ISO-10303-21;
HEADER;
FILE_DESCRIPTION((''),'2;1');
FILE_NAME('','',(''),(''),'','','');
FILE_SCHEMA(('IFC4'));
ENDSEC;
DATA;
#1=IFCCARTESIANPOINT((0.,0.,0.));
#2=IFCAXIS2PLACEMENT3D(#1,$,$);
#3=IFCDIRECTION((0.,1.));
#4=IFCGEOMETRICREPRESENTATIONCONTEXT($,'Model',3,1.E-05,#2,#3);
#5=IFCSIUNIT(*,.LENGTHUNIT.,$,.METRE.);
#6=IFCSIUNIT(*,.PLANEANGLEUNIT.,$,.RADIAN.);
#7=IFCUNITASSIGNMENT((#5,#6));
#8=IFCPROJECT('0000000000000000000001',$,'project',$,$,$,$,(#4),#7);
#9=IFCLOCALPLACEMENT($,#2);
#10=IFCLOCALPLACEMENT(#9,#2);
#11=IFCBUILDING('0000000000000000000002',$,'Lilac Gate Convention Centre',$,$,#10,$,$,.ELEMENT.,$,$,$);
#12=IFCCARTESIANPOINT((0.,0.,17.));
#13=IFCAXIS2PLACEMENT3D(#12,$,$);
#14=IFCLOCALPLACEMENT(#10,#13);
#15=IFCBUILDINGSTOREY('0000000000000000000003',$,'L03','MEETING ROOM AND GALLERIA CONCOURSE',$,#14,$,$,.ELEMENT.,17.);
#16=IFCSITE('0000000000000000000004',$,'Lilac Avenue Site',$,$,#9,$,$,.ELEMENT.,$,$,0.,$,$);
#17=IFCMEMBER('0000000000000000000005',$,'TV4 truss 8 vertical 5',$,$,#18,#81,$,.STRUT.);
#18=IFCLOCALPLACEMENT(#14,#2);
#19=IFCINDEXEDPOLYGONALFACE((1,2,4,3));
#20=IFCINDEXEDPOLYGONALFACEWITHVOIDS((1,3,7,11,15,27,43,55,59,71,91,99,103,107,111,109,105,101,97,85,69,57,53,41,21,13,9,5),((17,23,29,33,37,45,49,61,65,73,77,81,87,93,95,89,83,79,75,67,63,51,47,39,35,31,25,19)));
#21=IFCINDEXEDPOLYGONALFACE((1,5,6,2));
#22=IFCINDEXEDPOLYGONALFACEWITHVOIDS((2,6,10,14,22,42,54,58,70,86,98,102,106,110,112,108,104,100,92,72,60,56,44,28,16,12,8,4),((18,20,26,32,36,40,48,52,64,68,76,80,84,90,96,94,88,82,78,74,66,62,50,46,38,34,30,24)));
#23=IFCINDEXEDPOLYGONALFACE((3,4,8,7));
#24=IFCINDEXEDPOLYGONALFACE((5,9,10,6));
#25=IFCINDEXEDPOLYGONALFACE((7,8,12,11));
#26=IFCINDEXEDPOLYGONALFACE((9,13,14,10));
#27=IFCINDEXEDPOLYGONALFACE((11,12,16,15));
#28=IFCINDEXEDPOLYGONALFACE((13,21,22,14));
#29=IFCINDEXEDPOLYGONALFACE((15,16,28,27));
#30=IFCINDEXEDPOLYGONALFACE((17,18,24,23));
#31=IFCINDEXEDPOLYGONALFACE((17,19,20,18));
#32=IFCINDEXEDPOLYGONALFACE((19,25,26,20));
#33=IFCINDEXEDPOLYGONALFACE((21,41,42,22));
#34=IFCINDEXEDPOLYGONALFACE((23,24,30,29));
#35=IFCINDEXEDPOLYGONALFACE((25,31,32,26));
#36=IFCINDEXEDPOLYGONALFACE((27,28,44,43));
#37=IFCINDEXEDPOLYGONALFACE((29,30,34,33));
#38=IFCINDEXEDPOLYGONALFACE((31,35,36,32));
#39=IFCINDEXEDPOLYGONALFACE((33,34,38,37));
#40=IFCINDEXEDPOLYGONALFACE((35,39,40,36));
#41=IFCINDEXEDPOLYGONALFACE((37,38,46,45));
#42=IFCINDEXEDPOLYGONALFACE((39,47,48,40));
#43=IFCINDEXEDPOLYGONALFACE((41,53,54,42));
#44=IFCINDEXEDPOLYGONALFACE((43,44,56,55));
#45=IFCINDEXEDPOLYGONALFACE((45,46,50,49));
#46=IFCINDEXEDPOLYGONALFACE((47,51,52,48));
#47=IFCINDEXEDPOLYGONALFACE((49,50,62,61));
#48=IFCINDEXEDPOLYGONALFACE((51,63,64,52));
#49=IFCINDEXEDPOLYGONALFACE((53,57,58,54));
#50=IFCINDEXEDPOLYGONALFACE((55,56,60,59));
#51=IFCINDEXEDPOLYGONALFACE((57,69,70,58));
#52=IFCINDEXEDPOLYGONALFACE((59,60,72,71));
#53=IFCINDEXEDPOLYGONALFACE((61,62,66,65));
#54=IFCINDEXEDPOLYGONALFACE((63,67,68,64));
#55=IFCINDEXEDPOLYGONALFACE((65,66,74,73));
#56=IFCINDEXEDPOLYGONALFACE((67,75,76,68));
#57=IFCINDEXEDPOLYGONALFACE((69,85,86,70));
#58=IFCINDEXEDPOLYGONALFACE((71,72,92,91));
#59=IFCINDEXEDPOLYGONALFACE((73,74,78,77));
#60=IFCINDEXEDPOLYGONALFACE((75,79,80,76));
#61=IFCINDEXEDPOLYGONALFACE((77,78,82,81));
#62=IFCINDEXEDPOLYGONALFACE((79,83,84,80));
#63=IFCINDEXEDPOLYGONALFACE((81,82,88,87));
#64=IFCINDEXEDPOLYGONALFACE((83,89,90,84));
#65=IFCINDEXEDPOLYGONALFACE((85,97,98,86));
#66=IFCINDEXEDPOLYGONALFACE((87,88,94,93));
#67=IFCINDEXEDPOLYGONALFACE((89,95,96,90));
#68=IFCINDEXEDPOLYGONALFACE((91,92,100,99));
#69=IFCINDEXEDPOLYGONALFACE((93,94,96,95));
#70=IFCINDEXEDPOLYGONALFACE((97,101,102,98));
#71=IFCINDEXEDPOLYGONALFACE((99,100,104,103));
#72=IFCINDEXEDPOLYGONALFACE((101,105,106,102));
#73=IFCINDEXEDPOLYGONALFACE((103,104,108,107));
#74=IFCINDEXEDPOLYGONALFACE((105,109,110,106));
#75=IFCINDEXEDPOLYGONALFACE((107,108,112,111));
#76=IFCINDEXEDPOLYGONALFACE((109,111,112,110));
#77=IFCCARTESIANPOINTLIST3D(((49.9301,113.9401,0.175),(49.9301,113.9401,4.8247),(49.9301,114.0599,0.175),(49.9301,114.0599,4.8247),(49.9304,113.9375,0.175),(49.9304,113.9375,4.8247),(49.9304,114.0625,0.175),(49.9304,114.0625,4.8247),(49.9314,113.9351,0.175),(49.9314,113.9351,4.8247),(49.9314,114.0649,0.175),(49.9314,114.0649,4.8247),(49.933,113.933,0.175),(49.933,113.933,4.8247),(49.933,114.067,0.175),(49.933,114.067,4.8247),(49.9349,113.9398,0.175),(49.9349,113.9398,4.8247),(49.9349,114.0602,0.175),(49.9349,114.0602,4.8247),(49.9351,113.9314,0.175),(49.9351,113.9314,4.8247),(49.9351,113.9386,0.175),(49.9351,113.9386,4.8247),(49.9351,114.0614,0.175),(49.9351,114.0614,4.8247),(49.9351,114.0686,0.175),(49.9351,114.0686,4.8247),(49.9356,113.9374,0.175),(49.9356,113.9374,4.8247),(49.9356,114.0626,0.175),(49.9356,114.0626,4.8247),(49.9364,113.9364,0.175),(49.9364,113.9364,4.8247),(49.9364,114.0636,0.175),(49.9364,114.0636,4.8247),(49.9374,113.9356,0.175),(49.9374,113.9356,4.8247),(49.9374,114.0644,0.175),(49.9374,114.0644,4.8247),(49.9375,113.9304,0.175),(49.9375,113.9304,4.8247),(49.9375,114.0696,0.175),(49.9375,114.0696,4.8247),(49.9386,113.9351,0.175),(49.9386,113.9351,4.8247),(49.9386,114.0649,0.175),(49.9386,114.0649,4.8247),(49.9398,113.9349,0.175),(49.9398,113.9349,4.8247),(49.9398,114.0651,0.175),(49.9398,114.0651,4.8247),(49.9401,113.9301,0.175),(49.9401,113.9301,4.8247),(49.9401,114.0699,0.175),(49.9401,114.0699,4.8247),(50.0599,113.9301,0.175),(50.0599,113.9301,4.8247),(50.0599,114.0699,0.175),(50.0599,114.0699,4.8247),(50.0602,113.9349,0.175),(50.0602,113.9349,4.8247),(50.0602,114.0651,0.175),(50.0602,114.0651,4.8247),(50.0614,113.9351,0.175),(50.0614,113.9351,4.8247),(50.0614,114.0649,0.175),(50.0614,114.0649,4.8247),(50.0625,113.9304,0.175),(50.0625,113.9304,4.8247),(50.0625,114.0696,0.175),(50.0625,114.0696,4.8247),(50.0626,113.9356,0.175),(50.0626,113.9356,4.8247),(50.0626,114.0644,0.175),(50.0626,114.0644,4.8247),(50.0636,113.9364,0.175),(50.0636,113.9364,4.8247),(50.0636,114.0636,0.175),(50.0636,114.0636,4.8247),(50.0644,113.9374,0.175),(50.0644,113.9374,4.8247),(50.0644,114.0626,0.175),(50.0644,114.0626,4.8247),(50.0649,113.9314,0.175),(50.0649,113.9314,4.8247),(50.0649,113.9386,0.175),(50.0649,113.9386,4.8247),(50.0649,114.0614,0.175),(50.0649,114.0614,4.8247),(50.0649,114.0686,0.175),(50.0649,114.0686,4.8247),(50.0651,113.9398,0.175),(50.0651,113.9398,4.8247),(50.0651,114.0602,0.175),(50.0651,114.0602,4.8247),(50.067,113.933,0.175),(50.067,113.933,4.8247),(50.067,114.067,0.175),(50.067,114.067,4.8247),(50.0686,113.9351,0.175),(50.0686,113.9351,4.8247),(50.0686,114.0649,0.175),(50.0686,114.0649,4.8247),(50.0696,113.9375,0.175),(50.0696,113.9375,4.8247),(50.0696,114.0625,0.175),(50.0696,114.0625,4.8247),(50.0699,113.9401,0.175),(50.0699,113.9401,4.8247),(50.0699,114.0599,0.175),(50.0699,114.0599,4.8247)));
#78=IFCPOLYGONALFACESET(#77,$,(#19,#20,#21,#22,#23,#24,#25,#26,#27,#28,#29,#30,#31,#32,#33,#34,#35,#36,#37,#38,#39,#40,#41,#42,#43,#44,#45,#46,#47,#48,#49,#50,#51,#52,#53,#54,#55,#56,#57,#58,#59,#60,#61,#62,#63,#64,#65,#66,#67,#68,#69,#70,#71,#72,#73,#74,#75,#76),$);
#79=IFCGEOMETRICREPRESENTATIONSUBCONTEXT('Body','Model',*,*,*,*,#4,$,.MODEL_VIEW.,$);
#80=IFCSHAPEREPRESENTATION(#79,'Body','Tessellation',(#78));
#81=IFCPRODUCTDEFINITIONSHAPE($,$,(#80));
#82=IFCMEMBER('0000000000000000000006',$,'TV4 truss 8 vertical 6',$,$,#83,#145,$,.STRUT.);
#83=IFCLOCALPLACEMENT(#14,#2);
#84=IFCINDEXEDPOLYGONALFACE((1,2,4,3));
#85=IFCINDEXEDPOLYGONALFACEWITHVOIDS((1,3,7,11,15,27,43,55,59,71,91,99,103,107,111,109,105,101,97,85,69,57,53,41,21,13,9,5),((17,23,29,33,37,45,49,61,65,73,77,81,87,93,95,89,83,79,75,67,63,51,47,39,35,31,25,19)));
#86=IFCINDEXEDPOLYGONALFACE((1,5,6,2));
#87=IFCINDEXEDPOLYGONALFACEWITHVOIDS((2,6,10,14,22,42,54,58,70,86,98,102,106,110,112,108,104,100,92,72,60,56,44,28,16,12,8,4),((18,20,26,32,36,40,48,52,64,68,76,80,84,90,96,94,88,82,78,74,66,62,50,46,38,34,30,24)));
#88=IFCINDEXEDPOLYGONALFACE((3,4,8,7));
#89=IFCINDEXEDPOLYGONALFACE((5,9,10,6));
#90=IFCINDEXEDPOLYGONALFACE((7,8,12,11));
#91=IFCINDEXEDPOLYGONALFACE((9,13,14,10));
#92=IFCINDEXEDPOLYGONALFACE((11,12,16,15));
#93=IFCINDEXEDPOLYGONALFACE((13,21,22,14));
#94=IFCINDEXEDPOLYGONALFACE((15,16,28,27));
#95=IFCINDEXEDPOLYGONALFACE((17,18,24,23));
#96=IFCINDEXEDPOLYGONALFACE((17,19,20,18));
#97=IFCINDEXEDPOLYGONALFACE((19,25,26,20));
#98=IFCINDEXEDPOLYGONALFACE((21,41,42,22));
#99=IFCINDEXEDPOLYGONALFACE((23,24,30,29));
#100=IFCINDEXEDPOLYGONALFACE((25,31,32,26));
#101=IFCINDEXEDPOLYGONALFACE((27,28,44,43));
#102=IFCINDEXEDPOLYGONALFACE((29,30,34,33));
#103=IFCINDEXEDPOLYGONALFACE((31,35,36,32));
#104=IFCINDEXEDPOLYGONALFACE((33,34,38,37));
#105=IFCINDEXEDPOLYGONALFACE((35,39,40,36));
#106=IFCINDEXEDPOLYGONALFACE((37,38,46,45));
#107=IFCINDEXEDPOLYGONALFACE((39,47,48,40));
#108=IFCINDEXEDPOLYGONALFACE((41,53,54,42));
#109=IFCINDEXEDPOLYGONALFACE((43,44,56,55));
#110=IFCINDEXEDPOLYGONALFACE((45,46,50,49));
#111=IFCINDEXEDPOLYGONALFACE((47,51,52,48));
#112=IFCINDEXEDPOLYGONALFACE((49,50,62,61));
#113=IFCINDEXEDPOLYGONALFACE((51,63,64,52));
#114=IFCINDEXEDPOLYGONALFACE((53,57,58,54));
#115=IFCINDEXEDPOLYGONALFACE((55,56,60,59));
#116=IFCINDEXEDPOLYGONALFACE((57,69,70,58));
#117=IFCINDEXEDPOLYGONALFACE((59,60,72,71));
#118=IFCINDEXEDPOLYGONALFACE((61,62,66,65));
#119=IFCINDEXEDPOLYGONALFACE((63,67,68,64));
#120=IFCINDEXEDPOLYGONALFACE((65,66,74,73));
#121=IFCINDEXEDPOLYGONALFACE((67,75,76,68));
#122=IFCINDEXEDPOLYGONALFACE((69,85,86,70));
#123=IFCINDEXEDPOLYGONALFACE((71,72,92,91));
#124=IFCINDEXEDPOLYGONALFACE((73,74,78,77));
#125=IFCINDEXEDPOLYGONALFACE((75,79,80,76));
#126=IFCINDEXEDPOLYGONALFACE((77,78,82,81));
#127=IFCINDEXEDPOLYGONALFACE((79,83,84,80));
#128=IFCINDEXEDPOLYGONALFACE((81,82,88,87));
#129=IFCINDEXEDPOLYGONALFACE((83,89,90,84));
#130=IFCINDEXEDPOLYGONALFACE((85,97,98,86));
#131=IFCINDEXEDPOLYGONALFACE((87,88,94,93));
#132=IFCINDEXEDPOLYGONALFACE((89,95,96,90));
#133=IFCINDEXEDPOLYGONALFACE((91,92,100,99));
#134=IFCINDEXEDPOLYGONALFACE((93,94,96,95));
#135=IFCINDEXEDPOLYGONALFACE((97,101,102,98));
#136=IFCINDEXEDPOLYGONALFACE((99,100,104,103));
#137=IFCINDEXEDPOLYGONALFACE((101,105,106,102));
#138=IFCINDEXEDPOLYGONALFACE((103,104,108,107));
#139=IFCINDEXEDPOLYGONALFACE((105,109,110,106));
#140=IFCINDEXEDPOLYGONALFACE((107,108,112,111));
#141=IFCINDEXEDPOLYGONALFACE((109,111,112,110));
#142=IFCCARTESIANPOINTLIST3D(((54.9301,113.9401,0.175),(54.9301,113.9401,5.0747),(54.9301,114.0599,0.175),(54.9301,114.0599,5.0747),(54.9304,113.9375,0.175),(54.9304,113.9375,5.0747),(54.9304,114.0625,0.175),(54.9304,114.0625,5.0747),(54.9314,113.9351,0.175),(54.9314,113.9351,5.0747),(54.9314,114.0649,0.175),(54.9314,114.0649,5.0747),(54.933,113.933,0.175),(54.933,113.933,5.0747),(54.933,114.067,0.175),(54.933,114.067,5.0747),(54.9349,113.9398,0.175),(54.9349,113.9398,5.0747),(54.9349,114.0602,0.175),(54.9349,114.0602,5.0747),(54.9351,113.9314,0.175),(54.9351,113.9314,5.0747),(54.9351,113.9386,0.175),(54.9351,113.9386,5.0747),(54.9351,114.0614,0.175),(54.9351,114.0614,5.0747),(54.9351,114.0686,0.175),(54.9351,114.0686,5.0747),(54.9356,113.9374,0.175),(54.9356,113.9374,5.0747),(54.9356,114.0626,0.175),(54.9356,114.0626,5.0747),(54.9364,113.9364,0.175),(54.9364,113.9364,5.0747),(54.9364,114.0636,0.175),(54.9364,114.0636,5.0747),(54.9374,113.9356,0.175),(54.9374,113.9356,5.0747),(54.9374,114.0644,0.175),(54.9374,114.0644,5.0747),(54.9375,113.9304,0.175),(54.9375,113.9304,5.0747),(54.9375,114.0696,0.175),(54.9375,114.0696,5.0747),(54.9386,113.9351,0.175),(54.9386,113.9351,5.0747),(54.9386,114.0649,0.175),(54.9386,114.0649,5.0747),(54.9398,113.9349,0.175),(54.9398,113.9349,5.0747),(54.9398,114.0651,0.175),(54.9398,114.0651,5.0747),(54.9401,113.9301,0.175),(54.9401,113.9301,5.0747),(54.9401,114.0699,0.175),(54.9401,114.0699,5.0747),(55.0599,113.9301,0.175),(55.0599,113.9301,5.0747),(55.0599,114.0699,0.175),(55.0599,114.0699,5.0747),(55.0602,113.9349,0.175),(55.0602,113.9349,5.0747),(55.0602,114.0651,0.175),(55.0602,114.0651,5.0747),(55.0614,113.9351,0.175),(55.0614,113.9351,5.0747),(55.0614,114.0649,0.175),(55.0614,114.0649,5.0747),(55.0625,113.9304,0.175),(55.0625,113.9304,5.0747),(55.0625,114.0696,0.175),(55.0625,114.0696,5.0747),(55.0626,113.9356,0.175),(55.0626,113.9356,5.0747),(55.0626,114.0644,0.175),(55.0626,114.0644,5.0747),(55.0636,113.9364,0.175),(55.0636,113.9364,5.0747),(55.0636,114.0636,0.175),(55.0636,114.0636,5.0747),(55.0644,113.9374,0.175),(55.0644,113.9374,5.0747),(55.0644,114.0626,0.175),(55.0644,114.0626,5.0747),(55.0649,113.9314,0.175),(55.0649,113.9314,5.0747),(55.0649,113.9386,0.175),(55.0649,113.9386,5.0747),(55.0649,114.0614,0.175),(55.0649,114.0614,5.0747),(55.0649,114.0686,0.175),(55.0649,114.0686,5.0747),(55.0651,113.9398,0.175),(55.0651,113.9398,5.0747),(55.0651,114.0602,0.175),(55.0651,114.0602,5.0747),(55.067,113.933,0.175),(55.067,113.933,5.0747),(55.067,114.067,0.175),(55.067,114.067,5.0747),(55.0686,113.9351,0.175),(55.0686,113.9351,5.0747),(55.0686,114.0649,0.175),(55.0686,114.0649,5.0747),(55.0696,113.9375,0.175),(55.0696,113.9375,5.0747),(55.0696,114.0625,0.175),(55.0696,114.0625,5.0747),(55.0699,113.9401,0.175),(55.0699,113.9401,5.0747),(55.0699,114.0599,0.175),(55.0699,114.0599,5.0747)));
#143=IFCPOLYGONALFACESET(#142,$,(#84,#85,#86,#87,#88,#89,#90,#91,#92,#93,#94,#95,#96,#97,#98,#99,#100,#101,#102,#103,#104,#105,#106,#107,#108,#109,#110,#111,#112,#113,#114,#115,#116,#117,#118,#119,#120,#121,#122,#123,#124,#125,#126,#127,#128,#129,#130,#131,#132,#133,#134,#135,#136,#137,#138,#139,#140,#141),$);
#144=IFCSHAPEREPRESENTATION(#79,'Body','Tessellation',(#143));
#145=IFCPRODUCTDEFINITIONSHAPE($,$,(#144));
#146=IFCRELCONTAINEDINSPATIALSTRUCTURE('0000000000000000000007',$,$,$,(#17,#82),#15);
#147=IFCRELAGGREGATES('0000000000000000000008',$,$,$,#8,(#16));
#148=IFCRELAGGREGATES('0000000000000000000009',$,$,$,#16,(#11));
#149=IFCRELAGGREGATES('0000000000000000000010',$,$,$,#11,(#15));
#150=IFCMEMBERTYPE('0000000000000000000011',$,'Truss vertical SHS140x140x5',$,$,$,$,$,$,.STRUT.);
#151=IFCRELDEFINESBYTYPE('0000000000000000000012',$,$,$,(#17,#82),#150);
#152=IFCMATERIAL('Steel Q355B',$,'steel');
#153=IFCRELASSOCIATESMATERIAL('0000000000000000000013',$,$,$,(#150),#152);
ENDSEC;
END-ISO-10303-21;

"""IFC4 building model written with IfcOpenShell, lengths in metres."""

from ifc_helpers import new_model, si_unit, direction, frame, origin, origin_2d, place, context, subcontext, project, spatial, hollow_rectangle, extrude, material, material_profile, profile_set, type_object, element, save


model = new_model("IFC4")

# Units and contexts
model_context = context("Model", 3, precision=1e-05, world=origin(), true_north=direction((0.0, 1.0)))
body_context = subcontext(model_context, "Body", "Model", "MODEL_VIEW")
ifc_project = project(units=[si_unit("LENGTHUNIT", "METRE"), si_unit("PLANEANGLEUNIT", "RADIAN")], contexts=[model_context])

# Site, building, storey
site_placement = place(None, origin())
site = spatial("IfcSite", under=ifc_project, at=site_placement, Name="Lilac Avenue Site", CompositionType="ELEMENT", RefElevation=0.0)
building_placement = place(site_placement, origin())
building = spatial("IfcBuilding", under=site, at=building_placement, Name="Lilac Gate Convention Centre", CompositionType="ELEMENT")
storey_placement = place(building_placement, frame((0.0, 0.0, 17.0)))
storey = spatial("IfcBuildingStorey", under=building, at=storey_placement, Name="L03", Description="MEETING ROOM AND GALLERIA CONCOURSE", CompositionType="ELEMENT", Elevation=17.0)

# Members
ifc_material = material(Name="Steel Q355B", Category="steel")
ifc_material_profile_1 = material_profile(ifc_material, hollow_rectangle(XDim=0.1399, YDim=0.1399, WallThickness=0.0049, InnerFilletRadius=0.0049, OuterFilletRadius=0.01, at=origin_2d()), Name="SHS140x140x5")
ifc_profile_set_1 = profile_set([ifc_material_profile_1], Name="Steel Q355B")
member_type_1 = type_object("IfcMemberType", Name="Truss vertical SHS140x140x5", PredefinedType="STRUT", material=ifc_profile_set_1)
member_1_placement = place(storey_placement, frame((50.0, 114.0, 0.175), z_axis=(0.0, 0.0, 1.0), x_axis=(1.0, 0.0, 0.0)))
element("IfcMember", 1, at=member_1_placement, inside=storey, type_object=member_type_1, Name="TV4 truss 8 vertical 5", PredefinedType="STRUT", context=body_context, shape_type="SweptSolid", body=[
    extrude(hollow_rectangle(XDim=0.1399, YDim=0.1399, WallThickness=0.0049, InnerFilletRadius=0.0049, OuterFilletRadius=0.01, at=origin_2d()), origin(), (0.0, 0.0, 1.0), 4.6497),
])
member_2_placement = place(storey_placement, frame((55.0, 114.0, 0.175), z_axis=(0.0, 0.0, 1.0), x_axis=(1.0, 0.0, 0.0)))
element("IfcMember", 2, at=member_2_placement, inside=storey, type_object=member_type_1, Name="TV4 truss 8 vertical 6", PredefinedType="STRUT", context=body_context, shape_type="SweptSolid", body=[
    extrude(hollow_rectangle(XDim=0.1399, YDim=0.1399, WallThickness=0.0049, InnerFilletRadius=0.0049, OuterFilletRadius=0.01, at=origin_2d()), origin(), (0.0, 0.0, 1.0), 4.8997),
])

save(model, "model.ifc")
